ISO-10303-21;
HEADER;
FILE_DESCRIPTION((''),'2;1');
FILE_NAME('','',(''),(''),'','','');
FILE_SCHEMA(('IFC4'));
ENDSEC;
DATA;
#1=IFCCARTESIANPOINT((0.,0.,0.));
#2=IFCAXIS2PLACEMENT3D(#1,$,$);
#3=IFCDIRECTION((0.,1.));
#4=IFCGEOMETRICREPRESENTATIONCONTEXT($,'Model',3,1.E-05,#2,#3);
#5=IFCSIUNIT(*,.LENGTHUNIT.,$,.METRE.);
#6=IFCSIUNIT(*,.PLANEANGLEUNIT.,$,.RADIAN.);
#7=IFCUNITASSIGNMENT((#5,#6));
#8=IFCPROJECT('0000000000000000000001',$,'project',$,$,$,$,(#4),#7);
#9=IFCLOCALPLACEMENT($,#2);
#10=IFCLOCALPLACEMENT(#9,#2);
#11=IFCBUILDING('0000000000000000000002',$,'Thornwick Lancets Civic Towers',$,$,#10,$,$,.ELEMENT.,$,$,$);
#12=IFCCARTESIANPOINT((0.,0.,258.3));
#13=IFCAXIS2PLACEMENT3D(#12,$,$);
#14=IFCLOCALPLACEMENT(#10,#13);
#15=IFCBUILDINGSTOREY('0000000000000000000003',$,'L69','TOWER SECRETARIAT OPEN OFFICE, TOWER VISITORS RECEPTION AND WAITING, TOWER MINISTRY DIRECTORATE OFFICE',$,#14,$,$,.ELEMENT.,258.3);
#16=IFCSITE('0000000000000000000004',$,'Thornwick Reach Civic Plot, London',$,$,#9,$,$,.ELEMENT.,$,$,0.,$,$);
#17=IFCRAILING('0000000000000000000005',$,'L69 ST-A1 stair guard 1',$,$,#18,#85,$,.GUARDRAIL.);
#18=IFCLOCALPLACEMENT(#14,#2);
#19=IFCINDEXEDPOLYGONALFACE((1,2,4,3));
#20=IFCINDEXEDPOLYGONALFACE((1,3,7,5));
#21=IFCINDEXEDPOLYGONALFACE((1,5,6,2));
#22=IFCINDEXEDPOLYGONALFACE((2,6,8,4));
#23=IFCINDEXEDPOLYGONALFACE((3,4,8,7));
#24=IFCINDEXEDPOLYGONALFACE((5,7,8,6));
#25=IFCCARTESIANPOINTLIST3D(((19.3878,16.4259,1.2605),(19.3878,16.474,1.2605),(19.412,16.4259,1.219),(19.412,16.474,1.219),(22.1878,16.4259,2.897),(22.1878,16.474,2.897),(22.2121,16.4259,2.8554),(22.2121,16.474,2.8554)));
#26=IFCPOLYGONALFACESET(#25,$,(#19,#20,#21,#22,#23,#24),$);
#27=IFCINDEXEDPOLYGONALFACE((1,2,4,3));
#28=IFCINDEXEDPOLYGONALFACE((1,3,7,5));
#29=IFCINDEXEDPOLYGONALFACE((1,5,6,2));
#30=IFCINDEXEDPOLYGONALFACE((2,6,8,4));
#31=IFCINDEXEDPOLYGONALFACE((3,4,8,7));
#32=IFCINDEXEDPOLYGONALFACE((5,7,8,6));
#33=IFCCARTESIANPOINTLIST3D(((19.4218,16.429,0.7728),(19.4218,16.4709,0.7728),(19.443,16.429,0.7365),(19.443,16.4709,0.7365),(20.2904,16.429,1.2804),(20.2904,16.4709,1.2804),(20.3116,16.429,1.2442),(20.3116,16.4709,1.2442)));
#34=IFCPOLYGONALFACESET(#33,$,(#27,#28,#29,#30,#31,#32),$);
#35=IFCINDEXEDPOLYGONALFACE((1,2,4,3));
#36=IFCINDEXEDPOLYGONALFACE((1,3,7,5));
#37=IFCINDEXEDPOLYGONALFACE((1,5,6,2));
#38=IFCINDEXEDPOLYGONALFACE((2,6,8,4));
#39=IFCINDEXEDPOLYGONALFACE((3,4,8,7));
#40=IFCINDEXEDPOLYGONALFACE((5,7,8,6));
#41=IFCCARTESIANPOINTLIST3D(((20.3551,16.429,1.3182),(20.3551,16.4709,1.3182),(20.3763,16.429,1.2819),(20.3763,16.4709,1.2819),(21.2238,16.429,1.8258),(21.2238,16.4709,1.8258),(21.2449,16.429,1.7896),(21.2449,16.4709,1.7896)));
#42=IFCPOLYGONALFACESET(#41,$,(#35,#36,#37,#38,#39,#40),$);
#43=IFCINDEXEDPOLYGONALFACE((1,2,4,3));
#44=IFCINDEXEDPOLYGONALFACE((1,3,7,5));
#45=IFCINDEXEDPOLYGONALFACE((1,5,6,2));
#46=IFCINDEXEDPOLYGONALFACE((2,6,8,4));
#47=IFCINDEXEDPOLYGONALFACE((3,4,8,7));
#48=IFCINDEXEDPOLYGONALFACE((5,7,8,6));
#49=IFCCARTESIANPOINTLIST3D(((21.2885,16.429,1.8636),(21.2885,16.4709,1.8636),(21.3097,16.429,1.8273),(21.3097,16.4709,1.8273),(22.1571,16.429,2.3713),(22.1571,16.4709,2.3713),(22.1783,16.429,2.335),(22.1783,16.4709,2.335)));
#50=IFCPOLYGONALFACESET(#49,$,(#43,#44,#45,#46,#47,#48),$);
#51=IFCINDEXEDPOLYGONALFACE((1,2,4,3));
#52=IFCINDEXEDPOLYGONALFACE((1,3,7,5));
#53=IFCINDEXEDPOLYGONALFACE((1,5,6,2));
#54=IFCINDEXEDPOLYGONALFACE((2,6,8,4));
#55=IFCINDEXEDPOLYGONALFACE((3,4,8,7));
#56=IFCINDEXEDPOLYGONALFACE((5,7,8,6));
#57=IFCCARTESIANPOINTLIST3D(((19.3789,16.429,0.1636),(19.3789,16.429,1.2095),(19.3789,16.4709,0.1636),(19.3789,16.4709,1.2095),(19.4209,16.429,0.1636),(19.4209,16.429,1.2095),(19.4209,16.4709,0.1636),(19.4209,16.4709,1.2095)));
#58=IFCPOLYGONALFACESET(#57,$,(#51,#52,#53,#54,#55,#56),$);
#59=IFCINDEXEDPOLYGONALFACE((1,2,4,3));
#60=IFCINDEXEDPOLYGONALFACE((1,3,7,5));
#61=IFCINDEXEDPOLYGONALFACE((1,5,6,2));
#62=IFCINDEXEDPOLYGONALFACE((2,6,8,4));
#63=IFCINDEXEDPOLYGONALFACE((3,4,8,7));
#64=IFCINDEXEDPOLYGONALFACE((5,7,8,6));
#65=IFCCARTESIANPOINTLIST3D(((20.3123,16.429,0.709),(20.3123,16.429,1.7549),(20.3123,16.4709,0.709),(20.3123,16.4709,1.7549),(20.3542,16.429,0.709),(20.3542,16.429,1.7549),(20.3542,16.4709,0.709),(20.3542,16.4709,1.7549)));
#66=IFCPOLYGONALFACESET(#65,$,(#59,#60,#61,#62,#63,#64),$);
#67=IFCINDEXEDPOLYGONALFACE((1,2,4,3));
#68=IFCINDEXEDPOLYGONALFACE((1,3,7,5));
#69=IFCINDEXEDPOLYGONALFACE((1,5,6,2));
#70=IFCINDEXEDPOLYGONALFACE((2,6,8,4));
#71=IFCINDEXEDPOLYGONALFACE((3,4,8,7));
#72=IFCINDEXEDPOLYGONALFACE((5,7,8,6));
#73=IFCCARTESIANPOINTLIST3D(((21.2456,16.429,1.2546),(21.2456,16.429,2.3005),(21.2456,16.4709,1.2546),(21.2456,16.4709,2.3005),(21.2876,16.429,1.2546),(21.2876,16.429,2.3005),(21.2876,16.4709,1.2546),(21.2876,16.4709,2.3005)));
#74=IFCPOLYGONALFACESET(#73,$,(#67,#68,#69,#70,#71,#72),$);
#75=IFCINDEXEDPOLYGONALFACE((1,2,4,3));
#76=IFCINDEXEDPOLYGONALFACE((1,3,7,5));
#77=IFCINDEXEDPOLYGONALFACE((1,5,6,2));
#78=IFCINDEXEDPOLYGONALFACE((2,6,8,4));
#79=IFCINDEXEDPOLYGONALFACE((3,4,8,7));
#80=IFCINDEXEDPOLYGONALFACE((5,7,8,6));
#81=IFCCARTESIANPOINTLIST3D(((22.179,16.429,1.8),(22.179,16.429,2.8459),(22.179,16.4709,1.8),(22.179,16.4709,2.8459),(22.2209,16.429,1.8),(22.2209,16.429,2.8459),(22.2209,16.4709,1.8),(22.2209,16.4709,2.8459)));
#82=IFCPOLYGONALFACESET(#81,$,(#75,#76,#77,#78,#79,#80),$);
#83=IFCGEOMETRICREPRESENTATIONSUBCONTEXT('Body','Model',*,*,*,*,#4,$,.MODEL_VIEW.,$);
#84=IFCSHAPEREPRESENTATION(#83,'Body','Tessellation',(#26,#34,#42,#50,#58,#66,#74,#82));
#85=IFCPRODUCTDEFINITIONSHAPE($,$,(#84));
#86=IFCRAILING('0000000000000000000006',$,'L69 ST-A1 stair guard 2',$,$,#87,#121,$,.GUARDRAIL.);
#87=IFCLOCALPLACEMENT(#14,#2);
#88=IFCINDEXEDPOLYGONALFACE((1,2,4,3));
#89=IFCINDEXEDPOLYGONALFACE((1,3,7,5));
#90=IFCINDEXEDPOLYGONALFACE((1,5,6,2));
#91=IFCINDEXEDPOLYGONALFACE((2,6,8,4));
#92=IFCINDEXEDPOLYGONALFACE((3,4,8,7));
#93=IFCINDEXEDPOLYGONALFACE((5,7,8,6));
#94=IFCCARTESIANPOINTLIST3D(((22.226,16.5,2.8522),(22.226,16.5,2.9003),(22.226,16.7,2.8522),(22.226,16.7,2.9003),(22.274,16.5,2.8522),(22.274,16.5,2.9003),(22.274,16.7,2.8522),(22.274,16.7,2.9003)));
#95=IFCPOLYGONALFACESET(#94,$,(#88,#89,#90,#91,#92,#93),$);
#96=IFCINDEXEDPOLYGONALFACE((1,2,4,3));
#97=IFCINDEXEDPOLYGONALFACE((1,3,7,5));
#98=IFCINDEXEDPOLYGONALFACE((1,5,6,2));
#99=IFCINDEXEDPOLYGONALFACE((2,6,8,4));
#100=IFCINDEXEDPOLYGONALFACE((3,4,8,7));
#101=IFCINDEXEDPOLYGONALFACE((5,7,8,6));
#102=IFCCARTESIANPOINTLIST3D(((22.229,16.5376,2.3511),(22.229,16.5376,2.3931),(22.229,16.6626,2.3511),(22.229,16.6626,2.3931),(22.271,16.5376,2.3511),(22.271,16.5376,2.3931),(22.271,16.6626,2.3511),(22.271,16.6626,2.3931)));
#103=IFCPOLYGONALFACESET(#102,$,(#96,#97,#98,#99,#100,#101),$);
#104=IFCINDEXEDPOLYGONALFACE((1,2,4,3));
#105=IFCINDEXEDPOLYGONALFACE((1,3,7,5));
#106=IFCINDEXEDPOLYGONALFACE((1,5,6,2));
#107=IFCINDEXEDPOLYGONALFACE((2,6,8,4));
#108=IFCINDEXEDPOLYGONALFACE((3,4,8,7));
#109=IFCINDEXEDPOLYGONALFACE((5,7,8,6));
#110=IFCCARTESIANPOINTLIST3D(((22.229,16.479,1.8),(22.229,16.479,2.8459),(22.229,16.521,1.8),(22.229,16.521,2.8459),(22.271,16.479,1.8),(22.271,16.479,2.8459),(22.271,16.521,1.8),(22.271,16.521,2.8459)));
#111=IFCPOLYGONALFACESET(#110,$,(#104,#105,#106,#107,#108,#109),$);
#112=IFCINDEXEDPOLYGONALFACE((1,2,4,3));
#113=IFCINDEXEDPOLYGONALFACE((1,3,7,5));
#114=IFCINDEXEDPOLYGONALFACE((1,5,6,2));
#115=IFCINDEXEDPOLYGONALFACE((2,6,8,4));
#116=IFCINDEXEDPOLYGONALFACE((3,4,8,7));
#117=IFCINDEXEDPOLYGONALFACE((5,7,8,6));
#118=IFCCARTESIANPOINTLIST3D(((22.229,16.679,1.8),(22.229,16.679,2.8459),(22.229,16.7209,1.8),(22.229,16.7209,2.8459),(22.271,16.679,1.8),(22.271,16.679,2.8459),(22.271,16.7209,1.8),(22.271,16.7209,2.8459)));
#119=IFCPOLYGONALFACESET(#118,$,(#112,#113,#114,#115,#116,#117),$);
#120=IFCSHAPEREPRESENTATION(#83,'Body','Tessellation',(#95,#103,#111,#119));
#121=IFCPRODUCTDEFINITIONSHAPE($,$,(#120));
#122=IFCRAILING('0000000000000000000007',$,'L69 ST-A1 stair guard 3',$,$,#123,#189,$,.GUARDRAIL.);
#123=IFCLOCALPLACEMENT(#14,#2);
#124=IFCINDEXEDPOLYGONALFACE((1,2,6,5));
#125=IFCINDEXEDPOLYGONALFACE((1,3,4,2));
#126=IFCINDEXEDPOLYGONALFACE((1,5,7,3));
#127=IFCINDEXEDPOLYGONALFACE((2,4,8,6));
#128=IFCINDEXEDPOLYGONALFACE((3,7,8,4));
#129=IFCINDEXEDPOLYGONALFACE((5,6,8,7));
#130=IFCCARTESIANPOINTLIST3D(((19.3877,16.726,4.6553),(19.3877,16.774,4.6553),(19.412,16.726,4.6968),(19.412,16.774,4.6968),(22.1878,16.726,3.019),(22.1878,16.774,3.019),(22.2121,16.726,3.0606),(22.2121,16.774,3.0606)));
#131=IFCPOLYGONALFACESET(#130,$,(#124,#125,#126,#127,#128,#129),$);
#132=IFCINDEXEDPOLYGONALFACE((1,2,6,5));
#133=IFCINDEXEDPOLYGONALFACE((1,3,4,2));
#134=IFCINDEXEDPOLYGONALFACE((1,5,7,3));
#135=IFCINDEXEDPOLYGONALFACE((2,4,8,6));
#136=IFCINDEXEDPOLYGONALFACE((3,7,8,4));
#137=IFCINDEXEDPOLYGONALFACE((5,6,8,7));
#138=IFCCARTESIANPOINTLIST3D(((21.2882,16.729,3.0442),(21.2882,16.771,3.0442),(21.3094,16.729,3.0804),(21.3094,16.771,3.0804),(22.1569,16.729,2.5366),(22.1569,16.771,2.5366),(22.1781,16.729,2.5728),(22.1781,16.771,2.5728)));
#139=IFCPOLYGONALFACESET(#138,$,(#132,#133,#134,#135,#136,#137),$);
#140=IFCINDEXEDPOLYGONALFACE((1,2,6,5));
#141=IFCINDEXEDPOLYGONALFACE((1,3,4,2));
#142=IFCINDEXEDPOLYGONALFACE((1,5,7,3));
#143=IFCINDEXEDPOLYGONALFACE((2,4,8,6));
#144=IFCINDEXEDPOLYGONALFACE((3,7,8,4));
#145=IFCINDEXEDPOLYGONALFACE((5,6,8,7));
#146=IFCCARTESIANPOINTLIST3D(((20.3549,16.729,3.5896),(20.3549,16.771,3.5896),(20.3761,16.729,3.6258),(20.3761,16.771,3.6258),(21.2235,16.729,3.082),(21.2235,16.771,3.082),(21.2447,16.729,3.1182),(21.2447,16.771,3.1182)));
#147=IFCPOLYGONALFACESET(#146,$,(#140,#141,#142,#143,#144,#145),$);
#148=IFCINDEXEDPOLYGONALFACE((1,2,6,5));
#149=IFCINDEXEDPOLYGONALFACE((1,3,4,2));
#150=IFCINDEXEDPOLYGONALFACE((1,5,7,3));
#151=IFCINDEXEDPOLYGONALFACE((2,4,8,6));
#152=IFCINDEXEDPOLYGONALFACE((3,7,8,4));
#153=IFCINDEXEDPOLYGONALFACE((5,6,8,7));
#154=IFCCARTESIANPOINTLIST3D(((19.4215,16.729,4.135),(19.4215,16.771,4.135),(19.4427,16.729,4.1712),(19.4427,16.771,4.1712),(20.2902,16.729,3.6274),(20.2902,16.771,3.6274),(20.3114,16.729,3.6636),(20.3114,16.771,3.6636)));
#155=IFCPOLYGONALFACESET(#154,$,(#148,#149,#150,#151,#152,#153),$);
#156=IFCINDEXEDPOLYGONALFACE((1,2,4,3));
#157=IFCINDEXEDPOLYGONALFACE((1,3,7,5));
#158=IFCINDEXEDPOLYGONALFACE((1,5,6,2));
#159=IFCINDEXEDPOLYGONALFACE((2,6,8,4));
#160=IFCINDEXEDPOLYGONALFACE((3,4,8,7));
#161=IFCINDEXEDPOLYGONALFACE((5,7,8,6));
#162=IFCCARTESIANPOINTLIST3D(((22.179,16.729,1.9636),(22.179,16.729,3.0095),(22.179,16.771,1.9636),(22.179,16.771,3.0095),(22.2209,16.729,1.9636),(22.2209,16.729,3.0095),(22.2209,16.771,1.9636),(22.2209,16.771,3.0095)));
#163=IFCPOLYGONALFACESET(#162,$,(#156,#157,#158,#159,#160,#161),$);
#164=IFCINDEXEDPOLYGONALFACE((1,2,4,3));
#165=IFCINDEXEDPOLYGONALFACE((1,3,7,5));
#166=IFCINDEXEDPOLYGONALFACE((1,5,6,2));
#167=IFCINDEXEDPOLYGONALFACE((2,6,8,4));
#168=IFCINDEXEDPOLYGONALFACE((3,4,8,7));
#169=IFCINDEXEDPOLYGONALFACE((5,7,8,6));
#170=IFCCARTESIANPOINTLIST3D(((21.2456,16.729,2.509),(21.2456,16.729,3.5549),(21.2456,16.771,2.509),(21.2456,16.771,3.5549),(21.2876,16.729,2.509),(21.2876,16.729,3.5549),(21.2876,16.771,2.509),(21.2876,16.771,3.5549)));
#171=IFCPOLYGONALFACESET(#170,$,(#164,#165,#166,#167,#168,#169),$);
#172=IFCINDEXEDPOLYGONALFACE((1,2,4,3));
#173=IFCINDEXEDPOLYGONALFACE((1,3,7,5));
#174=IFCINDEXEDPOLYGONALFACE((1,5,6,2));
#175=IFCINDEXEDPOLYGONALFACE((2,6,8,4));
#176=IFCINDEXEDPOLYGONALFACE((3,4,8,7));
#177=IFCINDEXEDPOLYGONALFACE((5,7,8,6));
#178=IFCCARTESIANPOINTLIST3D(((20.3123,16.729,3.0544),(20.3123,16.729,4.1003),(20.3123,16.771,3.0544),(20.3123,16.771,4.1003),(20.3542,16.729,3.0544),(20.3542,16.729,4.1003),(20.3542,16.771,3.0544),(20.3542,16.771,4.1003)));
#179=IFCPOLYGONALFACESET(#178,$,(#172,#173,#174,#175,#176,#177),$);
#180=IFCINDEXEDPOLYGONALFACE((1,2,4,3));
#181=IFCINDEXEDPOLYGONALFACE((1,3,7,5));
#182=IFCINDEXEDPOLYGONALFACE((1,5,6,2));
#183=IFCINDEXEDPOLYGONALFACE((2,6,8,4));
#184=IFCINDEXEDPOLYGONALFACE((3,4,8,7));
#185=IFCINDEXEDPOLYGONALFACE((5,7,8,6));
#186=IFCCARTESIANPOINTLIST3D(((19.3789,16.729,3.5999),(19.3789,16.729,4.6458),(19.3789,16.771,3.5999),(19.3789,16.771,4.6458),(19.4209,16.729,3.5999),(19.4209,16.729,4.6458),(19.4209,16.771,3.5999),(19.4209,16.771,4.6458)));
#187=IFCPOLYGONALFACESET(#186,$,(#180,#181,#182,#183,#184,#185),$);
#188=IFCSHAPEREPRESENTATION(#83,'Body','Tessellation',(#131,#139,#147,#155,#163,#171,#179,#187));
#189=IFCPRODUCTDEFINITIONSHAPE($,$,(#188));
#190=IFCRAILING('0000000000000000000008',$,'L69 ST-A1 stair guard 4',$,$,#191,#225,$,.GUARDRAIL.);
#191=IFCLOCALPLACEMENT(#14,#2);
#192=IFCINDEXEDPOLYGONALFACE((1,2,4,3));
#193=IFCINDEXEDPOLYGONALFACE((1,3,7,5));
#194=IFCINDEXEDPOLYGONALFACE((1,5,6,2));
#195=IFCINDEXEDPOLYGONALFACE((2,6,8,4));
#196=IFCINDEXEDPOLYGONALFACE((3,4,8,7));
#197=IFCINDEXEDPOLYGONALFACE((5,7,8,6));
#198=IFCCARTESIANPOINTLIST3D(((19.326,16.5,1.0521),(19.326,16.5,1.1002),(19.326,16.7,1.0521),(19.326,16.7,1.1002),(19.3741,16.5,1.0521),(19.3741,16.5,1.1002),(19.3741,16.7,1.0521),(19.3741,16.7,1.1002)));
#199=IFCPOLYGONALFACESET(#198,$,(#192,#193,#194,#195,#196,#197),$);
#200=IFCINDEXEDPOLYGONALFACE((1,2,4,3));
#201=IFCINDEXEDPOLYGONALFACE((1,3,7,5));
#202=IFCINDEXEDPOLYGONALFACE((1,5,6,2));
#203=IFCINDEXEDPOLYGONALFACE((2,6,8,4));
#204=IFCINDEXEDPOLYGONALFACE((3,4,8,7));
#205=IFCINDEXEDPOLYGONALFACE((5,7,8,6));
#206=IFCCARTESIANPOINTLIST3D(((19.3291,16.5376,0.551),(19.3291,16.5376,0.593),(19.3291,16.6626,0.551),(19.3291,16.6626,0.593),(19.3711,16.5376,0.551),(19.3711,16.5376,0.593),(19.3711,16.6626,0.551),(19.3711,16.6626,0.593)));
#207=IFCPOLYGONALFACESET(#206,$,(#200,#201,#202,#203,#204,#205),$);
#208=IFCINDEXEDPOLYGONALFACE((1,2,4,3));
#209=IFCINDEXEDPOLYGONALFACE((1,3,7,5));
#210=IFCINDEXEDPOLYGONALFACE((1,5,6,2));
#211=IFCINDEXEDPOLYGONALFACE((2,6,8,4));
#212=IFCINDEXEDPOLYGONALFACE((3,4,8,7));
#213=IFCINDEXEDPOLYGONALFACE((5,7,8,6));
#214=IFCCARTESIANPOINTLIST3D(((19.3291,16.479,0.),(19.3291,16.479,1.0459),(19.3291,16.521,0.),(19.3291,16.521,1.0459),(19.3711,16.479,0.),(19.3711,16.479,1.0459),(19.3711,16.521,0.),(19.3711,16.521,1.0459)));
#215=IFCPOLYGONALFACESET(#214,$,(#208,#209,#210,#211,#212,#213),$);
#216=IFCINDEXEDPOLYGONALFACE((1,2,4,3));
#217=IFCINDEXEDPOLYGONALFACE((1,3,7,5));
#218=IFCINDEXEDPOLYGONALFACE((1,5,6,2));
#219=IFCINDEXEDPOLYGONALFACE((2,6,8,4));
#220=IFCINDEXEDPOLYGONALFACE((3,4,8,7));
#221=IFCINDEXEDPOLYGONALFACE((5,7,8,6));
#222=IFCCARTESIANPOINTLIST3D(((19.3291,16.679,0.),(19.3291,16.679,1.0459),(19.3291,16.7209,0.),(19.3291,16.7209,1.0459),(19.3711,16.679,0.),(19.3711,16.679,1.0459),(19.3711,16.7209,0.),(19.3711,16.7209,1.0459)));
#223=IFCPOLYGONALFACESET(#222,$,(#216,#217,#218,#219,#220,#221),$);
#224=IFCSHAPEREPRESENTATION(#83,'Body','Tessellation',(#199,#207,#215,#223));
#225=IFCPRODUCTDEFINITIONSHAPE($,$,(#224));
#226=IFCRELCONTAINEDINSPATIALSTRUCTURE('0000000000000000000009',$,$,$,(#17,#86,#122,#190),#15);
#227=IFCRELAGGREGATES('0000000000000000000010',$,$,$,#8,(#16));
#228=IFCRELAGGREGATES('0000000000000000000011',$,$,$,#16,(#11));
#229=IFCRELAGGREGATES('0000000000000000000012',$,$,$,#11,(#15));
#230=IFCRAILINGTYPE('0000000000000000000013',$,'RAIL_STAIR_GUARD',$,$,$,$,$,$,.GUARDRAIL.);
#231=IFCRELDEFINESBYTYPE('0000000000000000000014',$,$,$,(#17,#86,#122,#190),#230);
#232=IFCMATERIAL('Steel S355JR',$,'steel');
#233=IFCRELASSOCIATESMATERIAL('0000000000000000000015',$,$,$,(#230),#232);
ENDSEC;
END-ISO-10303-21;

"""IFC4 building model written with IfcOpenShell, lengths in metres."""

from ifc_helpers import new_model, si_unit, direction, frame, origin, origin_2d, place, context, subcontext, project, spatial, rectangle, extrude, material, type_object, element, save


model = new_model("IFC4")

# Units and contexts
model_context = context("Model", 3, precision=1e-05, world=origin(), true_north=direction((0.0, 1.0)))
body_context = subcontext(model_context, "Body", "Model", "MODEL_VIEW")
ifc_project = project(units=[si_unit("LENGTHUNIT", "METRE"), si_unit("PLANEANGLEUNIT", "RADIAN")], contexts=[model_context])

# Site, building, storey
site_placement = place(None, origin())
site = spatial("IfcSite", under=ifc_project, at=site_placement, Name="Thornwick Reach Civic Plot, London", CompositionType="ELEMENT", RefElevation=0.0)
building_placement = place(site_placement, origin())
building = spatial("IfcBuilding", under=site, at=building_placement, Name="Thornwick Lancets Civic Towers", CompositionType="ELEMENT")
storey_placement = place(building_placement, frame((0.0, 0.0, 258.3)))
storey = spatial("IfcBuildingStorey", under=building, at=storey_placement, Name="L69", Description="TOWER SECRETARIAT OPEN OFFICE, TOWER VISITORS RECEPTION AND WAITING, TOWER MINISTRY DIRECTORATE OFFICE", CompositionType="ELEMENT", Elevation=258.3)

# Shared definitions
ifc_material_1 = material(Name="Steel S355JR", Category="steel")

# Railings
railing_type_1 = type_object("IfcRailingType", Name="RAIL_STAIR_GUARD", PredefinedType="GUARDRAIL", material=ifc_material_1)
railing_1_placement = place(storey_placement, frame((19.3999, 16.45, 0.1636)))
element("IfcRailing", 1, at=railing_1_placement, inside=storey, type_object=railing_type_1, Name="L69 ST-A1 stair guard 1", PredefinedType="GUARDRAIL", context=body_context, shape_type="SweptSolid", body=[
    extrude(rectangle(XDim=0.0481, YDim=0.0481, at=origin_2d()), frame((0.0, 0.0, 1.0762), z_axis=(0.863361, 0.0, 0.504587), x_axis=(0.0, 1.0, 0.0)), (0.0, 0.0, 1.0), 3.2432),
    extrude(rectangle(XDim=0.042, YDim=0.042, at=origin_2d()), frame((0.0325, 0.0, 0.5911), z_axis=(0.863361, 0.0, 0.504587), x_axis=(0.0, 1.0, 0.0)), (0.0, 0.0, 1.0), 1.0061),
    extrude(rectangle(XDim=0.042, YDim=0.042, at=origin_2d()), frame((0.9658, 0.0, 1.1365), z_axis=(0.863361, 0.0, 0.504587), x_axis=(0.0, 1.0, 0.0)), (0.0, 0.0, 1.0), 1.0061),
    extrude(rectangle(XDim=0.042, YDim=0.042, at=origin_2d()), frame((1.8992, 0.0, 1.6819), z_axis=(0.863361, 0.0, 0.504587), x_axis=(0.0, 1.0, 0.0)), (0.0, 0.0, 1.0), 1.0061),
    extrude(rectangle(XDim=0.042, YDim=0.042, at=origin_2d()), origin(), (0.0, 0.0, 1.0), 1.0459),
    extrude(rectangle(XDim=0.042, YDim=0.042, at=origin_2d()), frame((0.9333, 0.0, 0.5454)), (0.0, 0.0, 1.0), 1.0459),
    extrude(rectangle(XDim=0.042, YDim=0.042, at=origin_2d()), frame((1.8667, 0.0, 1.0911)), (0.0, 0.0, 1.0), 1.0459),
    extrude(rectangle(XDim=0.042, YDim=0.042, at=origin_2d()), frame((2.8, 0.0, 1.6365)), (0.0, 0.0, 1.0), 1.0459),
])
railing_2_placement = place(storey_placement, frame((22.25, 16.5, 1.8)))
element("IfcRailing", 2, at=railing_2_placement, inside=storey, type_object=railing_type_1, Name="L69 ST-A1 stair guard 2", PredefinedType="GUARDRAIL", context=body_context, shape_type="SweptSolid", body=[
    extrude(rectangle(XDim=0.0481, YDim=0.0481, at=origin_2d()), frame((0.0, 0.0, 1.0762), z_axis=(0.0, 1.0, 0.0), x_axis=(-1.0, 0.0, 0.0)), (0.0, 0.0, 1.0), 0.2),
    extrude(rectangle(XDim=0.042, YDim=0.042, at=origin_2d()), frame((0.0, 0.0376, 0.572), z_axis=(0.0, 1.0, 0.0), x_axis=(-1.0, 0.0, 0.0)), (0.0, 0.0, 1.0), 0.125),
    extrude(rectangle(XDim=0.042, YDim=0.042, at=origin_2d()), origin(), (0.0, 0.0, 1.0), 1.0459),
    extrude(rectangle(XDim=0.042, YDim=0.042, at=origin_2d()), frame((0.0, 0.2, 0.0)), (0.0, 0.0, 1.0), 1.0459),
])
railing_3_placement = place(storey_placement, frame((22.2, 16.75, 1.9636)))
element("IfcRailing", 3, at=railing_3_placement, inside=storey, type_object=railing_type_1, Name="L69 ST-A1 stair guard 3", PredefinedType="GUARDRAIL", context=body_context, shape_type="SweptSolid", body=[
    extrude(rectangle(XDim=0.0481, YDim=0.0481, at=origin_2d()), frame((0.0, 0.0, 1.0762), z_axis=(-0.863394, 0.0, 0.504531), x_axis=(0.0, -1.0, 0.0)), (0.0, 0.0, 1.0), 3.2432),
    extrude(rectangle(XDim=0.042, YDim=0.042, at=origin_2d()), frame((-0.0325, 0.0, 0.5911), z_axis=(-0.863394, 0.0, 0.504531), x_axis=(0.0, -1.0, 0.0)), (0.0, 0.0, 1.0), 1.0061),
    extrude(rectangle(XDim=0.042, YDim=0.042, at=origin_2d()), frame((-0.9658, 0.0, 1.1365), z_axis=(-0.863394, 0.0, 0.504531), x_axis=(0.0, -1.0, 0.0)), (0.0, 0.0, 1.0), 1.0061),
    extrude(rectangle(XDim=0.042, YDim=0.042, at=origin_2d()), frame((-1.8992, 0.0, 1.6819), z_axis=(-0.863394, 0.0, 0.504531), x_axis=(0.0, -1.0, 0.0)), (0.0, 0.0, 1.0), 1.0061),
    extrude(rectangle(XDim=0.042, YDim=0.042, at=origin_2d()), origin(), (0.0, 0.0, 1.0), 1.0459),
    extrude(rectangle(XDim=0.042, YDim=0.042, at=origin_2d()), frame((-0.9333, 0.0, 0.5454)), (0.0, 0.0, 1.0), 1.0459),
    extrude(rectangle(XDim=0.042, YDim=0.042, at=origin_2d()), frame((-1.8667, 0.0, 1.0908)), (0.0, 0.0, 1.0), 1.0459),
    extrude(rectangle(XDim=0.042, YDim=0.042, at=origin_2d()), frame((-2.8, 0.0, 1.6362)), (0.0, 0.0, 1.0), 1.0459),
])
railing_4_placement = place(storey_placement, frame((19.3501, 16.5, 0.0)))
element("IfcRailing", 4, at=railing_4_placement, inside=storey, type_object=railing_type_1, Name="L69 ST-A1 stair guard 4", PredefinedType="GUARDRAIL", context=body_context, shape_type="SweptSolid", body=[
    extrude(rectangle(XDim=0.0481, YDim=0.0481, at=origin_2d()), frame((0.0, 0.0, 1.0762), z_axis=(0.0, 1.0, 0.0), x_axis=(-1.0, 0.0, 0.0)), (0.0, 0.0, 1.0), 0.2),
    extrude(rectangle(XDim=0.042, YDim=0.042, at=origin_2d()), frame((0.0, 0.0376, 0.572), z_axis=(0.0, 1.0, 0.0), x_axis=(-1.0, 0.0, 0.0)), (0.0, 0.0, 1.0), 0.125),
    extrude(rectangle(XDim=0.042, YDim=0.042, at=origin_2d()), origin(), (0.0, 0.0, 1.0), 1.0459),
    extrude(rectangle(XDim=0.042, YDim=0.042, at=origin_2d()), frame((0.0, 0.2, 0.0)), (0.0, 0.0, 1.0), 1.0459),
])

save(model, "model.ifc")
